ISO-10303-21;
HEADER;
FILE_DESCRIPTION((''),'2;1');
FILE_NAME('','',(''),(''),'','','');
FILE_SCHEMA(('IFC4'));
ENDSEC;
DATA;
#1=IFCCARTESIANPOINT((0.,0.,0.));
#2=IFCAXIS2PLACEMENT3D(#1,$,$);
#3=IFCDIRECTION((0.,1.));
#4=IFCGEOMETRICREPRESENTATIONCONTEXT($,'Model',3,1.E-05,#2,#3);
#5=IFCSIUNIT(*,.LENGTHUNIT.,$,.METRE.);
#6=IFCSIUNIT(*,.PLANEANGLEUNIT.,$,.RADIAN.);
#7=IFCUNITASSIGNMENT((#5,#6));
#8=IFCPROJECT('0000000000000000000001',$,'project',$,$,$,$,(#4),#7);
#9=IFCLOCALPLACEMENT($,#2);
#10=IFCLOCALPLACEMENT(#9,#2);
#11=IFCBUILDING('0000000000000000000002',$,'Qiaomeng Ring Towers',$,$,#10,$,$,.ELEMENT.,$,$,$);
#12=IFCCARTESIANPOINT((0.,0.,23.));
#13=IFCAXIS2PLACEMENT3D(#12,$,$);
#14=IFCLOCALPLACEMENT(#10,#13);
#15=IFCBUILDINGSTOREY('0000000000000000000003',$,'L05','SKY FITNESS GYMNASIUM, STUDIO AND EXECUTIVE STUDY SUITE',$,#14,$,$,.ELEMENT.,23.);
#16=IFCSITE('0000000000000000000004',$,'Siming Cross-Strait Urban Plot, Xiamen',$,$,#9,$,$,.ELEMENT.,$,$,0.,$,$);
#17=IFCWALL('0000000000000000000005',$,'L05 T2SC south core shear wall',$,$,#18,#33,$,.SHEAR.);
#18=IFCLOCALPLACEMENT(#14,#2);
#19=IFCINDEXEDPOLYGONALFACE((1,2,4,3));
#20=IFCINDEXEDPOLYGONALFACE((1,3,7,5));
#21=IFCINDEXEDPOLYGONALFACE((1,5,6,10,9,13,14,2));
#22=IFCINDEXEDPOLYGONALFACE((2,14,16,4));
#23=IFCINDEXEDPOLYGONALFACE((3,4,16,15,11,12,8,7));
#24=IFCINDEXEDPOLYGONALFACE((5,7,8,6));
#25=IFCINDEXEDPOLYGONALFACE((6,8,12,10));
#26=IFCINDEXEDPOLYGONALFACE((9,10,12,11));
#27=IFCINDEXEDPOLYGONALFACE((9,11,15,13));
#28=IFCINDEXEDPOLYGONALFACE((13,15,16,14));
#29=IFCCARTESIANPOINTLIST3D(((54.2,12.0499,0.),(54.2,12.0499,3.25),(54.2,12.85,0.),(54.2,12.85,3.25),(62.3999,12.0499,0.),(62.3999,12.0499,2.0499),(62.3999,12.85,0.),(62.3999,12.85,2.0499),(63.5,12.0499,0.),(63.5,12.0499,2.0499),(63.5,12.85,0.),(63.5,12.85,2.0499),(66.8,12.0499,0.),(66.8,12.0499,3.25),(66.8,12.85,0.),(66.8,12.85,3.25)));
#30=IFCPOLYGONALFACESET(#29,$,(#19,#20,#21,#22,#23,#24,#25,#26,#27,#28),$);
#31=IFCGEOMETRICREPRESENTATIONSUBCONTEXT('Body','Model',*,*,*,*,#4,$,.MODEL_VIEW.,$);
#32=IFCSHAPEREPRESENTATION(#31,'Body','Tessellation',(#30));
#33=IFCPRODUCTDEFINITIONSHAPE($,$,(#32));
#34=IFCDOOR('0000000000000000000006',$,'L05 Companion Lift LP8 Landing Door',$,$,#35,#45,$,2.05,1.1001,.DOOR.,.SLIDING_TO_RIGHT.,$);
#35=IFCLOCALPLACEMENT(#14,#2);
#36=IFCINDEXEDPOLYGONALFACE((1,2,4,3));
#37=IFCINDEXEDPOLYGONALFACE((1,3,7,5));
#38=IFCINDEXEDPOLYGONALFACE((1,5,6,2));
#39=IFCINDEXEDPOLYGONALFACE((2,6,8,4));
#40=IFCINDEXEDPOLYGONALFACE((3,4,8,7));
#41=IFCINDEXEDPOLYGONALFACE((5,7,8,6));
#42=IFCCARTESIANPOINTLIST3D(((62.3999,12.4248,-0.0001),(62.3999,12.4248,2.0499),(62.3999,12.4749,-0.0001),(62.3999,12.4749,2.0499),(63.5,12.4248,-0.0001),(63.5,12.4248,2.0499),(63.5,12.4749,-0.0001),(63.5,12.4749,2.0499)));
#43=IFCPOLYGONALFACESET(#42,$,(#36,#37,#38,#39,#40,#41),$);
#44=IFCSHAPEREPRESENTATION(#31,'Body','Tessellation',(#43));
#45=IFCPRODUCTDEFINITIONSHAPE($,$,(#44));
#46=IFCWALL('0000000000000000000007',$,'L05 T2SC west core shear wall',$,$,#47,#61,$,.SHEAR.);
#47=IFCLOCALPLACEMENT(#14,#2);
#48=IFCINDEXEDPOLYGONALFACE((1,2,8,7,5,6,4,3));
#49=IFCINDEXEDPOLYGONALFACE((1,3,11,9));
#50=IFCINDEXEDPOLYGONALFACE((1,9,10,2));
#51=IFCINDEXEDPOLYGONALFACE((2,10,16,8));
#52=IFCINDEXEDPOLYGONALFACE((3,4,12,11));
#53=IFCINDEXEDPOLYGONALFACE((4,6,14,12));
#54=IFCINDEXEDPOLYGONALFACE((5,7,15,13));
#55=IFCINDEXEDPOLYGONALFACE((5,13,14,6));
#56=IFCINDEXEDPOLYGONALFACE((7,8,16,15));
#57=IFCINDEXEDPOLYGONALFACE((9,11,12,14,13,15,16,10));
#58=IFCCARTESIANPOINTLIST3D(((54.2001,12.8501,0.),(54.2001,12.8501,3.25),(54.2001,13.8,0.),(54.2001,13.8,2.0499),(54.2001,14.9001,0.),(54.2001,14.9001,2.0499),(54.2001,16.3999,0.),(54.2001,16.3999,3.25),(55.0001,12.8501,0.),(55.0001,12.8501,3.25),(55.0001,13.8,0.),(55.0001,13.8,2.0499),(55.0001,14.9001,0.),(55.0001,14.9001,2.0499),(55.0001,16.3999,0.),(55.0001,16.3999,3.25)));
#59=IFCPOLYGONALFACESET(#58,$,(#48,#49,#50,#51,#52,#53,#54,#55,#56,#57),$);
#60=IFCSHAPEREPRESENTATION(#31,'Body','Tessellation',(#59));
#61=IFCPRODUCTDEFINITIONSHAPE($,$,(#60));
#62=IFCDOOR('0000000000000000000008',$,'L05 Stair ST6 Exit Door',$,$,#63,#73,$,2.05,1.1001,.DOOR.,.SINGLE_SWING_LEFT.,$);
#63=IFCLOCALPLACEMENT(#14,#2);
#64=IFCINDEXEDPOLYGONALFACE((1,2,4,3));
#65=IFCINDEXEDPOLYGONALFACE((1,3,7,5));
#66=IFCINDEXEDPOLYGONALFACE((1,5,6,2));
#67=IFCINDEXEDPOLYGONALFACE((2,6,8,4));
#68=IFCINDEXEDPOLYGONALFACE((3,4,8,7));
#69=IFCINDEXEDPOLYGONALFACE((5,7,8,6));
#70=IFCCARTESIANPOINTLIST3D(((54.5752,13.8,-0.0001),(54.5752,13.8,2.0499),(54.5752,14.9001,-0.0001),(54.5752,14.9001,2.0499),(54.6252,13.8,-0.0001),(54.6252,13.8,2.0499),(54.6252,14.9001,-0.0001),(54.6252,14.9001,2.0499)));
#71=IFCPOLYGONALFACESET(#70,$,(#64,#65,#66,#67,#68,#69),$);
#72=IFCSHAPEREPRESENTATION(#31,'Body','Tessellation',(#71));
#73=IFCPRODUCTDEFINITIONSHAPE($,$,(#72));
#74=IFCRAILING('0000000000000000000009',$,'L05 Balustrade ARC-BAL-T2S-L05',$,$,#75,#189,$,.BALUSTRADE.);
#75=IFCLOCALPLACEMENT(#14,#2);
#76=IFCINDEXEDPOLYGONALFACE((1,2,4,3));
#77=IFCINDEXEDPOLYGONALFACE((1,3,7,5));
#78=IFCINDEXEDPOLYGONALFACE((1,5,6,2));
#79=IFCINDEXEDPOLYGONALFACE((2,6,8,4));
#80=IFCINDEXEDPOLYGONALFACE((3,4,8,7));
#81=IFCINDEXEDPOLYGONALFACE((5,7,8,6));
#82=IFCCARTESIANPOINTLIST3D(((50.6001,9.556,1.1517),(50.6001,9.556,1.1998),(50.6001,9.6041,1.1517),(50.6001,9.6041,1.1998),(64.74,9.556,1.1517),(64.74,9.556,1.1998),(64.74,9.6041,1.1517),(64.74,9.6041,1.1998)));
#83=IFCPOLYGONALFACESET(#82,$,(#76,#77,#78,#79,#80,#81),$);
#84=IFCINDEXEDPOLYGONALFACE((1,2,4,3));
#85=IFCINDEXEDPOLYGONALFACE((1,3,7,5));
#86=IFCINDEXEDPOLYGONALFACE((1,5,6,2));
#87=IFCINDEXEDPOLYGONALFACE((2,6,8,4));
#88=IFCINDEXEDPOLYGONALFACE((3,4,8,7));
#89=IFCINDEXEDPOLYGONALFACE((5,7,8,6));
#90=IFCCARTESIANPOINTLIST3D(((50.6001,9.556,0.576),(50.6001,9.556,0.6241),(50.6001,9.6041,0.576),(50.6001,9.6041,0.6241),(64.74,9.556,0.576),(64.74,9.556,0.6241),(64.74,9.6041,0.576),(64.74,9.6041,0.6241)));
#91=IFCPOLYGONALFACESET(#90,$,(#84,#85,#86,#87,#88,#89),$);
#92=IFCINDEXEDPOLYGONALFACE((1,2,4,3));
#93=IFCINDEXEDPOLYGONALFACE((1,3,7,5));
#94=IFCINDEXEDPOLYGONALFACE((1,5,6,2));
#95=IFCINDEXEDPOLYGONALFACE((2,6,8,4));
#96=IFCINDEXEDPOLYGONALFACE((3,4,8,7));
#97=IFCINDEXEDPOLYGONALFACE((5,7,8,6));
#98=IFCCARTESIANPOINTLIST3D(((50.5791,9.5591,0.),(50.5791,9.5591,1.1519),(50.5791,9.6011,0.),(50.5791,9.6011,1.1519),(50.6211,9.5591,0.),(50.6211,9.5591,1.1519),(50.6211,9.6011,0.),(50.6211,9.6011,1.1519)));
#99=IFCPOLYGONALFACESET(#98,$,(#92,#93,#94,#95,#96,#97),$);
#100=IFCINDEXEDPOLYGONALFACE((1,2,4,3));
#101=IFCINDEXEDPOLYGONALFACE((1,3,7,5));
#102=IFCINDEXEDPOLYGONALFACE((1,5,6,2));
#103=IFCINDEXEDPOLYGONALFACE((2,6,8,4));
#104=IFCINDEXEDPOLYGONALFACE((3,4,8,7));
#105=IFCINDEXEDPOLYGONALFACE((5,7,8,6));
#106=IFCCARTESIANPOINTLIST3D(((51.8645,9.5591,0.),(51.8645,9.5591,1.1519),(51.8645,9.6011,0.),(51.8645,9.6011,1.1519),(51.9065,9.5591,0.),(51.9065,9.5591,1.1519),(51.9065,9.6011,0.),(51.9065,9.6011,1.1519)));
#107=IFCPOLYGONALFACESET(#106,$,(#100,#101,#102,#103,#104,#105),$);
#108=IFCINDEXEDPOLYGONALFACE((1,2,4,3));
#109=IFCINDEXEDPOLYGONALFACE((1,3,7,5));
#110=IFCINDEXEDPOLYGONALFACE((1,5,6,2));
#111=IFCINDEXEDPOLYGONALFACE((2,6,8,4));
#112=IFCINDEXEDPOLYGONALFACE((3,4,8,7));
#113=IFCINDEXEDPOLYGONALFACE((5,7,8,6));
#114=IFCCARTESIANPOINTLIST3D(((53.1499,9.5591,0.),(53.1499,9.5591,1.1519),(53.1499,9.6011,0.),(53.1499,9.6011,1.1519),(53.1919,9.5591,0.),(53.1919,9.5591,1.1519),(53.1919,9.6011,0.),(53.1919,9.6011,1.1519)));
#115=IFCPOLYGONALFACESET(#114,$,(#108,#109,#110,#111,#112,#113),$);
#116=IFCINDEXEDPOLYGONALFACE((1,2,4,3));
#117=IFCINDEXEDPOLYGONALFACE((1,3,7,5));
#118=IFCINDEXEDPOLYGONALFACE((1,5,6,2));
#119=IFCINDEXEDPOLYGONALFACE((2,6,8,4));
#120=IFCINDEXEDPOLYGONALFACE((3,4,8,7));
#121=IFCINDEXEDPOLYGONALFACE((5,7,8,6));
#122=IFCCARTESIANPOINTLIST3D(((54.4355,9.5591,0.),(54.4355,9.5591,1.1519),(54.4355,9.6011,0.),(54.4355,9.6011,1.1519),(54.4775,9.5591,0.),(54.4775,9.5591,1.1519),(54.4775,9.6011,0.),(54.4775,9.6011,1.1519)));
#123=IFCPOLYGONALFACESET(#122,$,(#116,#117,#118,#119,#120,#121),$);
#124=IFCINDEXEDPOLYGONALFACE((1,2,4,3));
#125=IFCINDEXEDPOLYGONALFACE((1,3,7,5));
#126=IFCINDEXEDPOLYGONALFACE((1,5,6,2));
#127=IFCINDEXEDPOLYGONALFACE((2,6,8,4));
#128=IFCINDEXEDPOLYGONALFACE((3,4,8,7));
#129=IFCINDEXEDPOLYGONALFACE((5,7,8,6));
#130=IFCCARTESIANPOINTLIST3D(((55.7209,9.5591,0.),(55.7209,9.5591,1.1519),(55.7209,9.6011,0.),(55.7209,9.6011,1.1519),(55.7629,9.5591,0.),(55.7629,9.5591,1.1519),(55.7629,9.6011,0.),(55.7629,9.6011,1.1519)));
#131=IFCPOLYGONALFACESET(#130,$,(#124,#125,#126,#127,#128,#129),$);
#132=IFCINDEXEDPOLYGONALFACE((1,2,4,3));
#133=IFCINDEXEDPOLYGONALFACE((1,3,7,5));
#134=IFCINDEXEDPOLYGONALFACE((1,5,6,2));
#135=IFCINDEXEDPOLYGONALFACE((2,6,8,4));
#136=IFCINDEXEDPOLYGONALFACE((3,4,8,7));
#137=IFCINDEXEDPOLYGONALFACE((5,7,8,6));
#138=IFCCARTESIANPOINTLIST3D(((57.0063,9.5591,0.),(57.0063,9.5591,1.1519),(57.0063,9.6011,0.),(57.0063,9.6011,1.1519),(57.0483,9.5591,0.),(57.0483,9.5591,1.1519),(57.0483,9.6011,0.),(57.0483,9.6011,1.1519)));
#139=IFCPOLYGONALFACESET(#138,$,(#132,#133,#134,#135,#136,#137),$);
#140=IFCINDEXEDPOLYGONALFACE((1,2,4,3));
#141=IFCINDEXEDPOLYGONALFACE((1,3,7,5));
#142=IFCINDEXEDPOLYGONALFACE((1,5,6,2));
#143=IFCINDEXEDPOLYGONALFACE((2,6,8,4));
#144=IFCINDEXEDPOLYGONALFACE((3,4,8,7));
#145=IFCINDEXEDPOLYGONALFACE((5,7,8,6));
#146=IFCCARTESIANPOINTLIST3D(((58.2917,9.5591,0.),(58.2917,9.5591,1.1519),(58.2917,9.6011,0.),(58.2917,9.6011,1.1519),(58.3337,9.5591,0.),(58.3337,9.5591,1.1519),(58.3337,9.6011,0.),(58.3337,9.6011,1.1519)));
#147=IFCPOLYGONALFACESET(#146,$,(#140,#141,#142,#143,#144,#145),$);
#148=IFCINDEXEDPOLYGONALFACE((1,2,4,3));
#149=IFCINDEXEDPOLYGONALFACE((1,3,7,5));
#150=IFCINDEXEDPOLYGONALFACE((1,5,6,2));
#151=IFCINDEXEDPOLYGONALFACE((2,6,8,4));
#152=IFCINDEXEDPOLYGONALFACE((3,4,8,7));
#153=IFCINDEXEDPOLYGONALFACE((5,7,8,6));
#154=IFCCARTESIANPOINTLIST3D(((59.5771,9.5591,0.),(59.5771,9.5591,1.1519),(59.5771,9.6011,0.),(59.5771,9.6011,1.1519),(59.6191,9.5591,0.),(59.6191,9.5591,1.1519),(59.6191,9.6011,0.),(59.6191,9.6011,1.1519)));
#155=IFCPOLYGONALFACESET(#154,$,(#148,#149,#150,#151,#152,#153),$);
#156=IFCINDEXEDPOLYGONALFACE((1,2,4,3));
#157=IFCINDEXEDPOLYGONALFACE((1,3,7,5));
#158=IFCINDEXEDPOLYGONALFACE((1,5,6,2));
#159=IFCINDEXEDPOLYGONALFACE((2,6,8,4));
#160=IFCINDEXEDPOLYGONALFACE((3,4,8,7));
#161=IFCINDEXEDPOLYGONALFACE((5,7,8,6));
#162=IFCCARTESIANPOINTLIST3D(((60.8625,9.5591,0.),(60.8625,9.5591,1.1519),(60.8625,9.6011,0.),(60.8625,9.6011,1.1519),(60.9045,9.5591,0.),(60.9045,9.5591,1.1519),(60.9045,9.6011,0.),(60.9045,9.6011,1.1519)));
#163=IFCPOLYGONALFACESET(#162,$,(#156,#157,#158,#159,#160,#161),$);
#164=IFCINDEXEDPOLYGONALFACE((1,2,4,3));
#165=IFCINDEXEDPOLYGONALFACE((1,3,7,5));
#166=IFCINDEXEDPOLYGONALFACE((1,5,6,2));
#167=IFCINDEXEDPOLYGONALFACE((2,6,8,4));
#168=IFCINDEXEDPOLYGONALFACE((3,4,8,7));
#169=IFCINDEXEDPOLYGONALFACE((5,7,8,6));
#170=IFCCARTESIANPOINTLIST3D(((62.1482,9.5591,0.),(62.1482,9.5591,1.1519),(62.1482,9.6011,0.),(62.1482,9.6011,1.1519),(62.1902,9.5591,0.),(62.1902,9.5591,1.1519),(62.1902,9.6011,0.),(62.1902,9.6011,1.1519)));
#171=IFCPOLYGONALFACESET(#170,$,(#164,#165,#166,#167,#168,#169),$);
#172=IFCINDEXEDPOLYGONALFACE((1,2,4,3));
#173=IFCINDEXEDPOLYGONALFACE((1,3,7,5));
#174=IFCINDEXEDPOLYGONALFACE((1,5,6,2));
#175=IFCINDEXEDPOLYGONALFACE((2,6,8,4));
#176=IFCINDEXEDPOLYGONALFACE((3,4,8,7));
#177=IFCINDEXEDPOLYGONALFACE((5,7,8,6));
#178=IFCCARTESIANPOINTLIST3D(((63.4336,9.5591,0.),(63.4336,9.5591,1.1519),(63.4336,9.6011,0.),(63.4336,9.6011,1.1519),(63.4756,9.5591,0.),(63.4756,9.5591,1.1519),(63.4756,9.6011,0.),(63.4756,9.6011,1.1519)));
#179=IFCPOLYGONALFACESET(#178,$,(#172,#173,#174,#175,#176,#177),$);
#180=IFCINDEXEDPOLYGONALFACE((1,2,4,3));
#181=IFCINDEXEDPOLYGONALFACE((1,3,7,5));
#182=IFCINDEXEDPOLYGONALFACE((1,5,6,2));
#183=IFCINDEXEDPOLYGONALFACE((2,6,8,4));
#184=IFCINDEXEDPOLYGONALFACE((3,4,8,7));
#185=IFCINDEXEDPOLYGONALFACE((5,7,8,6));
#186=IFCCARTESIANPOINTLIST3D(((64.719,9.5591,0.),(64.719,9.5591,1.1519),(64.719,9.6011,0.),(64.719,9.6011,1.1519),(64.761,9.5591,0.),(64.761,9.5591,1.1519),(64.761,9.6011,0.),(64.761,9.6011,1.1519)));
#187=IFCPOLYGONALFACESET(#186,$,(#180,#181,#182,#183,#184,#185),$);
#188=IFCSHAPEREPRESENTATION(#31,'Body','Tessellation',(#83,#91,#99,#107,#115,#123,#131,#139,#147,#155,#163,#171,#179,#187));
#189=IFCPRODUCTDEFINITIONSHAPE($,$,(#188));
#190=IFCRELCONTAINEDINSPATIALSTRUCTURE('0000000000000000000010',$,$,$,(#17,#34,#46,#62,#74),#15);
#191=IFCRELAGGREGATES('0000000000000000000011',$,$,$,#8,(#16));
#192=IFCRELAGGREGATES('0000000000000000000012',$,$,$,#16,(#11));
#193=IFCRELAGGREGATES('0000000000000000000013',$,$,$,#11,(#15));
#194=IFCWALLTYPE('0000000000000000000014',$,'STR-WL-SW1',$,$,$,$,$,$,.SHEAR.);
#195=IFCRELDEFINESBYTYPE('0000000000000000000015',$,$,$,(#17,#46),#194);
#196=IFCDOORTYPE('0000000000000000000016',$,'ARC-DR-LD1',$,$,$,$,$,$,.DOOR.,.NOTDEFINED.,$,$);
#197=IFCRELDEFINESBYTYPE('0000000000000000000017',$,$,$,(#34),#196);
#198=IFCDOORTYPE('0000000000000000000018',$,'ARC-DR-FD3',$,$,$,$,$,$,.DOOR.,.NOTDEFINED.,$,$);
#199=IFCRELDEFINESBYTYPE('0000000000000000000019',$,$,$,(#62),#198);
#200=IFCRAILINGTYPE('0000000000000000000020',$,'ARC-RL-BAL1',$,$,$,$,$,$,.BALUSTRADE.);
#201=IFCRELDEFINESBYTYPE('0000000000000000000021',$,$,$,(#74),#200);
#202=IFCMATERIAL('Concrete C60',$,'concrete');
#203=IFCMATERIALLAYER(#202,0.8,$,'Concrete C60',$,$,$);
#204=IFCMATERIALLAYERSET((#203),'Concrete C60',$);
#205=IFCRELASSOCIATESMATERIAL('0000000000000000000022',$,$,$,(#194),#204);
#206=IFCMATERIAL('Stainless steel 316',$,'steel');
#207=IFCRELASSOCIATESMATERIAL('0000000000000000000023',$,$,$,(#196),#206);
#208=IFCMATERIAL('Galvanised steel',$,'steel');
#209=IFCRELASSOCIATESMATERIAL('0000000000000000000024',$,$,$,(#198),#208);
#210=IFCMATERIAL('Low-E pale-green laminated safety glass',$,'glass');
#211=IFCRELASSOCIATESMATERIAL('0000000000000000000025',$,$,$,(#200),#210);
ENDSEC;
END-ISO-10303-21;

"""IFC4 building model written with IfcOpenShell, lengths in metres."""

from ifc_helpers import new_model, si_unit, direction, frame, frame_2d, origin, origin_2d, place, context, subcontext, project, spatial, rectangle, extrude, source, transform, mapped, material, layer, layer_set, type_object, element, fill, save


model = new_model("IFC4")

# Units and contexts
model_context = context("Model", 3, precision=1e-05, world=origin(), true_north=direction((0.0, 1.0)))
body_context = subcontext(model_context, "Body", "Model", "MODEL_VIEW")
ifc_project = project(units=[si_unit("LENGTHUNIT", "METRE"), si_unit("PLANEANGLEUNIT", "RADIAN")], contexts=[model_context])

# Site, building, storey
site_placement = place(None, origin())
site = spatial("IfcSite", under=ifc_project, at=site_placement, Name="Siming Cross-Strait Urban Plot, Xiamen", CompositionType="ELEMENT", RefElevation=0.0)
building_placement = place(site_placement, origin())
building = spatial("IfcBuilding", under=site, at=building_placement, Name="Qiaomeng Ring Towers", CompositionType="ELEMENT")
storey_placement = place(building_placement, frame((0.0, 0.0, 23.0)))
storey = spatial("IfcBuildingStorey", under=building, at=storey_placement, Name="L05", Description="SKY FITNESS GYMNASIUM, STUDIO AND EXECUTIVE STUDY SUITE", CompositionType="ELEMENT", Elevation=23.0)

# Shared definitions
ifc_material_1 = material(Name="Concrete C60", Category="concrete")

# Walls, openings, doors
ifc_layer_1 = layer(ifc_material_1, 0.8, Name="Concrete C60")
ifc_layer_set_1 = layer_set([ifc_layer_1], Name="Concrete C60")
wall_type_1 = type_object("IfcWallType", Name="STR-WL-SW1", PredefinedType="SHEAR", material=ifc_layer_set_1)
wall_1_placement = place(storey_placement, frame((54.2, 12.45, 0.0), z_axis=(0.0, 0.0, 1.0), x_axis=(1.0, 0.0, 0.0)))
wall_1 = element("IfcWall", 1, at=wall_1_placement, inside=storey, type_object=wall_type_1, Name="L05 T2SC south core shear wall", PredefinedType="SHEAR", context=body_context, shape_type="SweptSolid", body=[
    extrude(rectangle(XDim=12.6001, YDim=0.8, at=frame_2d((6.3, 0.0))), origin(), (0.0, 0.0, 1.0), 3.25),
])
opening_1_placement = place(wall_1_placement, frame((8.2, 0.0, 0.0)))
opening_1 = element("IfcOpeningElement", 2, at=opening_1_placement, cuts=wall_1, PredefinedType="OPENING", context=body_context, shape_type="SweptSolid", body=[
    extrude(rectangle(XDim=1.1001, YDim=2.05, at=frame_2d((0.55, 1.0249))), frame((0.0, 0.4099, 0.0), z_axis=(0.0, -1.0, 0.0), x_axis=(1.0, 0.0, 0.0)), (0.0, 0.0, 1.0), 0.8201),
])
ifc_material_2 = material(Name="Stainless steel 316", Category="steel")
door_type_1 = type_object("IfcDoorType", Name="ARC-DR-LD1", OperationType="NOTDEFINED", PredefinedType="DOOR", material=ifc_material_2)
shared_shape_1 = source(origin(), body_context, "Body", "SweptSolid", [
    extrude(rectangle(XDim=1.1001, YDim=2.05, at=frame_2d((0.55, 1.0249))), frame((0.0, 0.0249, 0.0), z_axis=(0.0, -1.0, 0.0), x_axis=(1.0, 0.0, 0.0)), (0.0, 0.0, 1.0), 0.05),
])
door_1_placement = place(opening_1_placement, origin())
door_1 = element("IfcDoor", 3, at=door_1_placement, inside=storey, type_object=door_type_1, Name="L05 Companion Lift LP8 Landing Door", OperationType="SLIDING_TO_RIGHT", OverallHeight=2.05, OverallWidth=1.1001, PredefinedType="DOOR", context=body_context, shape_type="MappedRepresentation", body=[
    mapped(shared_shape_1, transform((0.0, 0.0, 0.0), x_axis=(1.0, 0.0, 0.0), y_axis=(0.0, 1.0, 0.0), z_axis=(0.0, 0.0, 1.0), scale=1.0)),
])
fill(opening_1, door_1)
wall_2_placement = place(storey_placement, frame((54.6001, 12.8501, 0.0), z_axis=(0.0, 0.0, 1.0), x_axis=(0.0, 1.0, 0.0)))
wall_2 = element("IfcWall", 4, at=wall_2_placement, inside=storey, type_object=wall_type_1, Name="L05 T2SC west core shear wall", PredefinedType="SHEAR", context=body_context, shape_type="SweptSolid", body=[
    extrude(rectangle(XDim=3.5498, YDim=0.8, at=frame_2d((1.7749, 0.0))), origin(), (0.0, 0.0, 1.0), 3.25),
])
opening_2_placement = place(wall_2_placement, frame((0.95, 0.0, 0.0)))
opening_2 = element("IfcOpeningElement", 5, at=opening_2_placement, cuts=wall_2, PredefinedType="OPENING", context=body_context, shape_type="SweptSolid", body=[
    extrude(rectangle(XDim=1.1001, YDim=2.05, at=frame_2d((0.55, 1.0249))), frame((0.0, 0.4099, 0.0), z_axis=(0.0, -1.0, 0.0), x_axis=(1.0, 0.0, 0.0)), (0.0, 0.0, 1.0), 0.8201),
])
ifc_material_3 = material(Name="Galvanised steel", Category="steel")
door_type_2 = type_object("IfcDoorType", Name="ARC-DR-FD3", OperationType="NOTDEFINED", PredefinedType="DOOR", material=ifc_material_3)
door_2_placement = place(opening_2_placement, origin())
door_2 = element("IfcDoor", 6, at=door_2_placement, inside=storey, type_object=door_type_2, Name="L05 Stair ST6 Exit Door", OperationType="SINGLE_SWING_LEFT", OverallHeight=2.05, OverallWidth=1.1001, PredefinedType="DOOR", context=body_context, shape_type="MappedRepresentation", body=[
    mapped(shared_shape_1, transform((0.0, 0.0, 0.0), x_axis=(1.0, 0.0, 0.0), y_axis=(0.0, 1.0, 0.0), z_axis=(0.0, 0.0, 1.0), scale=1.0)),
])
fill(opening_2, door_2)

# Railing
ifc_material_4 = material(Name="Low-E pale-green laminated safety glass", Category="glass")
railing_type = type_object("IfcRailingType", Name="ARC-RL-BAL1", PredefinedType="BALUSTRADE", material=ifc_material_4)
railing_1_placement = place(storey_placement, frame((50.6001, 9.5801, 0.0)))
element("IfcRailing", 7, at=railing_1_placement, inside=storey, type_object=railing_type, Name="L05 Balustrade ARC-BAL-T2S-L05", PredefinedType="BALUSTRADE", context=body_context, shape_type="SweptSolid", body=[
    extrude(rectangle(XDim=0.0481, YDim=0.0481, at=origin_2d()), frame((0.0, 0.0, 1.1758), z_axis=(1.0, 0.0, 0.0), x_axis=(0.0, 1.0, 0.0)), (0.0, 0.0, 1.0), 14.1399),
    extrude(rectangle(XDim=0.0481, YDim=0.0481, at=origin_2d()), frame((0.0, 0.0, 0.6001), z_axis=(1.0, 0.0, 0.0), x_axis=(0.0, 1.0, 0.0)), (0.0, 0.0, 1.0), 14.1399),
    extrude(rectangle(XDim=0.042, YDim=0.042, at=origin_2d()), origin(), (0.0, 0.0, 1.0), 1.1519),
    extrude(rectangle(XDim=0.042, YDim=0.042, at=origin_2d()), frame((1.2854, 0.0, 0.0)), (0.0, 0.0, 1.0), 1.1519),
    extrude(rectangle(XDim=0.042, YDim=0.042, at=origin_2d()), frame((2.5708, 0.0, 0.0)), (0.0, 0.0, 1.0), 1.1519),
    extrude(rectangle(XDim=0.042, YDim=0.042, at=origin_2d()), frame((3.8564, 0.0, 0.0)), (0.0, 0.0, 1.0), 1.1519),
    extrude(rectangle(XDim=0.042, YDim=0.042, at=origin_2d()), frame((5.1418, 0.0, 0.0)), (0.0, 0.0, 1.0), 1.1519),
    extrude(rectangle(XDim=0.042, YDim=0.042, at=origin_2d()), frame((6.4272, 0.0, 0.0)), (0.0, 0.0, 1.0), 1.1519),
    extrude(rectangle(XDim=0.042, YDim=0.042, at=origin_2d()), frame((7.7126, 0.0, 0.0)), (0.0, 0.0, 1.0), 1.1519),
    extrude(rectangle(XDim=0.042, YDim=0.042, at=origin_2d()), frame((8.998, 0.0, 0.0)), (0.0, 0.0, 1.0), 1.1519),
    extrude(rectangle(XDim=0.042, YDim=0.042, at=origin_2d()), frame((10.2834, 0.0, 0.0)), (0.0, 0.0, 1.0), 1.1519),
    extrude(rectangle(XDim=0.042, YDim=0.042, at=origin_2d()), frame((11.5691, 0.0, 0.0)), (0.0, 0.0, 1.0), 1.1519),
    extrude(rectangle(XDim=0.042, YDim=0.042, at=origin_2d()), frame((12.8545, 0.0, 0.0)), (0.0, 0.0, 1.0), 1.1519),
    extrude(rectangle(XDim=0.042, YDim=0.042, at=origin_2d()), frame((14.1399, 0.0, 0.0)), (0.0, 0.0, 1.0), 1.1519),
])

save(model, "model.ifc")
